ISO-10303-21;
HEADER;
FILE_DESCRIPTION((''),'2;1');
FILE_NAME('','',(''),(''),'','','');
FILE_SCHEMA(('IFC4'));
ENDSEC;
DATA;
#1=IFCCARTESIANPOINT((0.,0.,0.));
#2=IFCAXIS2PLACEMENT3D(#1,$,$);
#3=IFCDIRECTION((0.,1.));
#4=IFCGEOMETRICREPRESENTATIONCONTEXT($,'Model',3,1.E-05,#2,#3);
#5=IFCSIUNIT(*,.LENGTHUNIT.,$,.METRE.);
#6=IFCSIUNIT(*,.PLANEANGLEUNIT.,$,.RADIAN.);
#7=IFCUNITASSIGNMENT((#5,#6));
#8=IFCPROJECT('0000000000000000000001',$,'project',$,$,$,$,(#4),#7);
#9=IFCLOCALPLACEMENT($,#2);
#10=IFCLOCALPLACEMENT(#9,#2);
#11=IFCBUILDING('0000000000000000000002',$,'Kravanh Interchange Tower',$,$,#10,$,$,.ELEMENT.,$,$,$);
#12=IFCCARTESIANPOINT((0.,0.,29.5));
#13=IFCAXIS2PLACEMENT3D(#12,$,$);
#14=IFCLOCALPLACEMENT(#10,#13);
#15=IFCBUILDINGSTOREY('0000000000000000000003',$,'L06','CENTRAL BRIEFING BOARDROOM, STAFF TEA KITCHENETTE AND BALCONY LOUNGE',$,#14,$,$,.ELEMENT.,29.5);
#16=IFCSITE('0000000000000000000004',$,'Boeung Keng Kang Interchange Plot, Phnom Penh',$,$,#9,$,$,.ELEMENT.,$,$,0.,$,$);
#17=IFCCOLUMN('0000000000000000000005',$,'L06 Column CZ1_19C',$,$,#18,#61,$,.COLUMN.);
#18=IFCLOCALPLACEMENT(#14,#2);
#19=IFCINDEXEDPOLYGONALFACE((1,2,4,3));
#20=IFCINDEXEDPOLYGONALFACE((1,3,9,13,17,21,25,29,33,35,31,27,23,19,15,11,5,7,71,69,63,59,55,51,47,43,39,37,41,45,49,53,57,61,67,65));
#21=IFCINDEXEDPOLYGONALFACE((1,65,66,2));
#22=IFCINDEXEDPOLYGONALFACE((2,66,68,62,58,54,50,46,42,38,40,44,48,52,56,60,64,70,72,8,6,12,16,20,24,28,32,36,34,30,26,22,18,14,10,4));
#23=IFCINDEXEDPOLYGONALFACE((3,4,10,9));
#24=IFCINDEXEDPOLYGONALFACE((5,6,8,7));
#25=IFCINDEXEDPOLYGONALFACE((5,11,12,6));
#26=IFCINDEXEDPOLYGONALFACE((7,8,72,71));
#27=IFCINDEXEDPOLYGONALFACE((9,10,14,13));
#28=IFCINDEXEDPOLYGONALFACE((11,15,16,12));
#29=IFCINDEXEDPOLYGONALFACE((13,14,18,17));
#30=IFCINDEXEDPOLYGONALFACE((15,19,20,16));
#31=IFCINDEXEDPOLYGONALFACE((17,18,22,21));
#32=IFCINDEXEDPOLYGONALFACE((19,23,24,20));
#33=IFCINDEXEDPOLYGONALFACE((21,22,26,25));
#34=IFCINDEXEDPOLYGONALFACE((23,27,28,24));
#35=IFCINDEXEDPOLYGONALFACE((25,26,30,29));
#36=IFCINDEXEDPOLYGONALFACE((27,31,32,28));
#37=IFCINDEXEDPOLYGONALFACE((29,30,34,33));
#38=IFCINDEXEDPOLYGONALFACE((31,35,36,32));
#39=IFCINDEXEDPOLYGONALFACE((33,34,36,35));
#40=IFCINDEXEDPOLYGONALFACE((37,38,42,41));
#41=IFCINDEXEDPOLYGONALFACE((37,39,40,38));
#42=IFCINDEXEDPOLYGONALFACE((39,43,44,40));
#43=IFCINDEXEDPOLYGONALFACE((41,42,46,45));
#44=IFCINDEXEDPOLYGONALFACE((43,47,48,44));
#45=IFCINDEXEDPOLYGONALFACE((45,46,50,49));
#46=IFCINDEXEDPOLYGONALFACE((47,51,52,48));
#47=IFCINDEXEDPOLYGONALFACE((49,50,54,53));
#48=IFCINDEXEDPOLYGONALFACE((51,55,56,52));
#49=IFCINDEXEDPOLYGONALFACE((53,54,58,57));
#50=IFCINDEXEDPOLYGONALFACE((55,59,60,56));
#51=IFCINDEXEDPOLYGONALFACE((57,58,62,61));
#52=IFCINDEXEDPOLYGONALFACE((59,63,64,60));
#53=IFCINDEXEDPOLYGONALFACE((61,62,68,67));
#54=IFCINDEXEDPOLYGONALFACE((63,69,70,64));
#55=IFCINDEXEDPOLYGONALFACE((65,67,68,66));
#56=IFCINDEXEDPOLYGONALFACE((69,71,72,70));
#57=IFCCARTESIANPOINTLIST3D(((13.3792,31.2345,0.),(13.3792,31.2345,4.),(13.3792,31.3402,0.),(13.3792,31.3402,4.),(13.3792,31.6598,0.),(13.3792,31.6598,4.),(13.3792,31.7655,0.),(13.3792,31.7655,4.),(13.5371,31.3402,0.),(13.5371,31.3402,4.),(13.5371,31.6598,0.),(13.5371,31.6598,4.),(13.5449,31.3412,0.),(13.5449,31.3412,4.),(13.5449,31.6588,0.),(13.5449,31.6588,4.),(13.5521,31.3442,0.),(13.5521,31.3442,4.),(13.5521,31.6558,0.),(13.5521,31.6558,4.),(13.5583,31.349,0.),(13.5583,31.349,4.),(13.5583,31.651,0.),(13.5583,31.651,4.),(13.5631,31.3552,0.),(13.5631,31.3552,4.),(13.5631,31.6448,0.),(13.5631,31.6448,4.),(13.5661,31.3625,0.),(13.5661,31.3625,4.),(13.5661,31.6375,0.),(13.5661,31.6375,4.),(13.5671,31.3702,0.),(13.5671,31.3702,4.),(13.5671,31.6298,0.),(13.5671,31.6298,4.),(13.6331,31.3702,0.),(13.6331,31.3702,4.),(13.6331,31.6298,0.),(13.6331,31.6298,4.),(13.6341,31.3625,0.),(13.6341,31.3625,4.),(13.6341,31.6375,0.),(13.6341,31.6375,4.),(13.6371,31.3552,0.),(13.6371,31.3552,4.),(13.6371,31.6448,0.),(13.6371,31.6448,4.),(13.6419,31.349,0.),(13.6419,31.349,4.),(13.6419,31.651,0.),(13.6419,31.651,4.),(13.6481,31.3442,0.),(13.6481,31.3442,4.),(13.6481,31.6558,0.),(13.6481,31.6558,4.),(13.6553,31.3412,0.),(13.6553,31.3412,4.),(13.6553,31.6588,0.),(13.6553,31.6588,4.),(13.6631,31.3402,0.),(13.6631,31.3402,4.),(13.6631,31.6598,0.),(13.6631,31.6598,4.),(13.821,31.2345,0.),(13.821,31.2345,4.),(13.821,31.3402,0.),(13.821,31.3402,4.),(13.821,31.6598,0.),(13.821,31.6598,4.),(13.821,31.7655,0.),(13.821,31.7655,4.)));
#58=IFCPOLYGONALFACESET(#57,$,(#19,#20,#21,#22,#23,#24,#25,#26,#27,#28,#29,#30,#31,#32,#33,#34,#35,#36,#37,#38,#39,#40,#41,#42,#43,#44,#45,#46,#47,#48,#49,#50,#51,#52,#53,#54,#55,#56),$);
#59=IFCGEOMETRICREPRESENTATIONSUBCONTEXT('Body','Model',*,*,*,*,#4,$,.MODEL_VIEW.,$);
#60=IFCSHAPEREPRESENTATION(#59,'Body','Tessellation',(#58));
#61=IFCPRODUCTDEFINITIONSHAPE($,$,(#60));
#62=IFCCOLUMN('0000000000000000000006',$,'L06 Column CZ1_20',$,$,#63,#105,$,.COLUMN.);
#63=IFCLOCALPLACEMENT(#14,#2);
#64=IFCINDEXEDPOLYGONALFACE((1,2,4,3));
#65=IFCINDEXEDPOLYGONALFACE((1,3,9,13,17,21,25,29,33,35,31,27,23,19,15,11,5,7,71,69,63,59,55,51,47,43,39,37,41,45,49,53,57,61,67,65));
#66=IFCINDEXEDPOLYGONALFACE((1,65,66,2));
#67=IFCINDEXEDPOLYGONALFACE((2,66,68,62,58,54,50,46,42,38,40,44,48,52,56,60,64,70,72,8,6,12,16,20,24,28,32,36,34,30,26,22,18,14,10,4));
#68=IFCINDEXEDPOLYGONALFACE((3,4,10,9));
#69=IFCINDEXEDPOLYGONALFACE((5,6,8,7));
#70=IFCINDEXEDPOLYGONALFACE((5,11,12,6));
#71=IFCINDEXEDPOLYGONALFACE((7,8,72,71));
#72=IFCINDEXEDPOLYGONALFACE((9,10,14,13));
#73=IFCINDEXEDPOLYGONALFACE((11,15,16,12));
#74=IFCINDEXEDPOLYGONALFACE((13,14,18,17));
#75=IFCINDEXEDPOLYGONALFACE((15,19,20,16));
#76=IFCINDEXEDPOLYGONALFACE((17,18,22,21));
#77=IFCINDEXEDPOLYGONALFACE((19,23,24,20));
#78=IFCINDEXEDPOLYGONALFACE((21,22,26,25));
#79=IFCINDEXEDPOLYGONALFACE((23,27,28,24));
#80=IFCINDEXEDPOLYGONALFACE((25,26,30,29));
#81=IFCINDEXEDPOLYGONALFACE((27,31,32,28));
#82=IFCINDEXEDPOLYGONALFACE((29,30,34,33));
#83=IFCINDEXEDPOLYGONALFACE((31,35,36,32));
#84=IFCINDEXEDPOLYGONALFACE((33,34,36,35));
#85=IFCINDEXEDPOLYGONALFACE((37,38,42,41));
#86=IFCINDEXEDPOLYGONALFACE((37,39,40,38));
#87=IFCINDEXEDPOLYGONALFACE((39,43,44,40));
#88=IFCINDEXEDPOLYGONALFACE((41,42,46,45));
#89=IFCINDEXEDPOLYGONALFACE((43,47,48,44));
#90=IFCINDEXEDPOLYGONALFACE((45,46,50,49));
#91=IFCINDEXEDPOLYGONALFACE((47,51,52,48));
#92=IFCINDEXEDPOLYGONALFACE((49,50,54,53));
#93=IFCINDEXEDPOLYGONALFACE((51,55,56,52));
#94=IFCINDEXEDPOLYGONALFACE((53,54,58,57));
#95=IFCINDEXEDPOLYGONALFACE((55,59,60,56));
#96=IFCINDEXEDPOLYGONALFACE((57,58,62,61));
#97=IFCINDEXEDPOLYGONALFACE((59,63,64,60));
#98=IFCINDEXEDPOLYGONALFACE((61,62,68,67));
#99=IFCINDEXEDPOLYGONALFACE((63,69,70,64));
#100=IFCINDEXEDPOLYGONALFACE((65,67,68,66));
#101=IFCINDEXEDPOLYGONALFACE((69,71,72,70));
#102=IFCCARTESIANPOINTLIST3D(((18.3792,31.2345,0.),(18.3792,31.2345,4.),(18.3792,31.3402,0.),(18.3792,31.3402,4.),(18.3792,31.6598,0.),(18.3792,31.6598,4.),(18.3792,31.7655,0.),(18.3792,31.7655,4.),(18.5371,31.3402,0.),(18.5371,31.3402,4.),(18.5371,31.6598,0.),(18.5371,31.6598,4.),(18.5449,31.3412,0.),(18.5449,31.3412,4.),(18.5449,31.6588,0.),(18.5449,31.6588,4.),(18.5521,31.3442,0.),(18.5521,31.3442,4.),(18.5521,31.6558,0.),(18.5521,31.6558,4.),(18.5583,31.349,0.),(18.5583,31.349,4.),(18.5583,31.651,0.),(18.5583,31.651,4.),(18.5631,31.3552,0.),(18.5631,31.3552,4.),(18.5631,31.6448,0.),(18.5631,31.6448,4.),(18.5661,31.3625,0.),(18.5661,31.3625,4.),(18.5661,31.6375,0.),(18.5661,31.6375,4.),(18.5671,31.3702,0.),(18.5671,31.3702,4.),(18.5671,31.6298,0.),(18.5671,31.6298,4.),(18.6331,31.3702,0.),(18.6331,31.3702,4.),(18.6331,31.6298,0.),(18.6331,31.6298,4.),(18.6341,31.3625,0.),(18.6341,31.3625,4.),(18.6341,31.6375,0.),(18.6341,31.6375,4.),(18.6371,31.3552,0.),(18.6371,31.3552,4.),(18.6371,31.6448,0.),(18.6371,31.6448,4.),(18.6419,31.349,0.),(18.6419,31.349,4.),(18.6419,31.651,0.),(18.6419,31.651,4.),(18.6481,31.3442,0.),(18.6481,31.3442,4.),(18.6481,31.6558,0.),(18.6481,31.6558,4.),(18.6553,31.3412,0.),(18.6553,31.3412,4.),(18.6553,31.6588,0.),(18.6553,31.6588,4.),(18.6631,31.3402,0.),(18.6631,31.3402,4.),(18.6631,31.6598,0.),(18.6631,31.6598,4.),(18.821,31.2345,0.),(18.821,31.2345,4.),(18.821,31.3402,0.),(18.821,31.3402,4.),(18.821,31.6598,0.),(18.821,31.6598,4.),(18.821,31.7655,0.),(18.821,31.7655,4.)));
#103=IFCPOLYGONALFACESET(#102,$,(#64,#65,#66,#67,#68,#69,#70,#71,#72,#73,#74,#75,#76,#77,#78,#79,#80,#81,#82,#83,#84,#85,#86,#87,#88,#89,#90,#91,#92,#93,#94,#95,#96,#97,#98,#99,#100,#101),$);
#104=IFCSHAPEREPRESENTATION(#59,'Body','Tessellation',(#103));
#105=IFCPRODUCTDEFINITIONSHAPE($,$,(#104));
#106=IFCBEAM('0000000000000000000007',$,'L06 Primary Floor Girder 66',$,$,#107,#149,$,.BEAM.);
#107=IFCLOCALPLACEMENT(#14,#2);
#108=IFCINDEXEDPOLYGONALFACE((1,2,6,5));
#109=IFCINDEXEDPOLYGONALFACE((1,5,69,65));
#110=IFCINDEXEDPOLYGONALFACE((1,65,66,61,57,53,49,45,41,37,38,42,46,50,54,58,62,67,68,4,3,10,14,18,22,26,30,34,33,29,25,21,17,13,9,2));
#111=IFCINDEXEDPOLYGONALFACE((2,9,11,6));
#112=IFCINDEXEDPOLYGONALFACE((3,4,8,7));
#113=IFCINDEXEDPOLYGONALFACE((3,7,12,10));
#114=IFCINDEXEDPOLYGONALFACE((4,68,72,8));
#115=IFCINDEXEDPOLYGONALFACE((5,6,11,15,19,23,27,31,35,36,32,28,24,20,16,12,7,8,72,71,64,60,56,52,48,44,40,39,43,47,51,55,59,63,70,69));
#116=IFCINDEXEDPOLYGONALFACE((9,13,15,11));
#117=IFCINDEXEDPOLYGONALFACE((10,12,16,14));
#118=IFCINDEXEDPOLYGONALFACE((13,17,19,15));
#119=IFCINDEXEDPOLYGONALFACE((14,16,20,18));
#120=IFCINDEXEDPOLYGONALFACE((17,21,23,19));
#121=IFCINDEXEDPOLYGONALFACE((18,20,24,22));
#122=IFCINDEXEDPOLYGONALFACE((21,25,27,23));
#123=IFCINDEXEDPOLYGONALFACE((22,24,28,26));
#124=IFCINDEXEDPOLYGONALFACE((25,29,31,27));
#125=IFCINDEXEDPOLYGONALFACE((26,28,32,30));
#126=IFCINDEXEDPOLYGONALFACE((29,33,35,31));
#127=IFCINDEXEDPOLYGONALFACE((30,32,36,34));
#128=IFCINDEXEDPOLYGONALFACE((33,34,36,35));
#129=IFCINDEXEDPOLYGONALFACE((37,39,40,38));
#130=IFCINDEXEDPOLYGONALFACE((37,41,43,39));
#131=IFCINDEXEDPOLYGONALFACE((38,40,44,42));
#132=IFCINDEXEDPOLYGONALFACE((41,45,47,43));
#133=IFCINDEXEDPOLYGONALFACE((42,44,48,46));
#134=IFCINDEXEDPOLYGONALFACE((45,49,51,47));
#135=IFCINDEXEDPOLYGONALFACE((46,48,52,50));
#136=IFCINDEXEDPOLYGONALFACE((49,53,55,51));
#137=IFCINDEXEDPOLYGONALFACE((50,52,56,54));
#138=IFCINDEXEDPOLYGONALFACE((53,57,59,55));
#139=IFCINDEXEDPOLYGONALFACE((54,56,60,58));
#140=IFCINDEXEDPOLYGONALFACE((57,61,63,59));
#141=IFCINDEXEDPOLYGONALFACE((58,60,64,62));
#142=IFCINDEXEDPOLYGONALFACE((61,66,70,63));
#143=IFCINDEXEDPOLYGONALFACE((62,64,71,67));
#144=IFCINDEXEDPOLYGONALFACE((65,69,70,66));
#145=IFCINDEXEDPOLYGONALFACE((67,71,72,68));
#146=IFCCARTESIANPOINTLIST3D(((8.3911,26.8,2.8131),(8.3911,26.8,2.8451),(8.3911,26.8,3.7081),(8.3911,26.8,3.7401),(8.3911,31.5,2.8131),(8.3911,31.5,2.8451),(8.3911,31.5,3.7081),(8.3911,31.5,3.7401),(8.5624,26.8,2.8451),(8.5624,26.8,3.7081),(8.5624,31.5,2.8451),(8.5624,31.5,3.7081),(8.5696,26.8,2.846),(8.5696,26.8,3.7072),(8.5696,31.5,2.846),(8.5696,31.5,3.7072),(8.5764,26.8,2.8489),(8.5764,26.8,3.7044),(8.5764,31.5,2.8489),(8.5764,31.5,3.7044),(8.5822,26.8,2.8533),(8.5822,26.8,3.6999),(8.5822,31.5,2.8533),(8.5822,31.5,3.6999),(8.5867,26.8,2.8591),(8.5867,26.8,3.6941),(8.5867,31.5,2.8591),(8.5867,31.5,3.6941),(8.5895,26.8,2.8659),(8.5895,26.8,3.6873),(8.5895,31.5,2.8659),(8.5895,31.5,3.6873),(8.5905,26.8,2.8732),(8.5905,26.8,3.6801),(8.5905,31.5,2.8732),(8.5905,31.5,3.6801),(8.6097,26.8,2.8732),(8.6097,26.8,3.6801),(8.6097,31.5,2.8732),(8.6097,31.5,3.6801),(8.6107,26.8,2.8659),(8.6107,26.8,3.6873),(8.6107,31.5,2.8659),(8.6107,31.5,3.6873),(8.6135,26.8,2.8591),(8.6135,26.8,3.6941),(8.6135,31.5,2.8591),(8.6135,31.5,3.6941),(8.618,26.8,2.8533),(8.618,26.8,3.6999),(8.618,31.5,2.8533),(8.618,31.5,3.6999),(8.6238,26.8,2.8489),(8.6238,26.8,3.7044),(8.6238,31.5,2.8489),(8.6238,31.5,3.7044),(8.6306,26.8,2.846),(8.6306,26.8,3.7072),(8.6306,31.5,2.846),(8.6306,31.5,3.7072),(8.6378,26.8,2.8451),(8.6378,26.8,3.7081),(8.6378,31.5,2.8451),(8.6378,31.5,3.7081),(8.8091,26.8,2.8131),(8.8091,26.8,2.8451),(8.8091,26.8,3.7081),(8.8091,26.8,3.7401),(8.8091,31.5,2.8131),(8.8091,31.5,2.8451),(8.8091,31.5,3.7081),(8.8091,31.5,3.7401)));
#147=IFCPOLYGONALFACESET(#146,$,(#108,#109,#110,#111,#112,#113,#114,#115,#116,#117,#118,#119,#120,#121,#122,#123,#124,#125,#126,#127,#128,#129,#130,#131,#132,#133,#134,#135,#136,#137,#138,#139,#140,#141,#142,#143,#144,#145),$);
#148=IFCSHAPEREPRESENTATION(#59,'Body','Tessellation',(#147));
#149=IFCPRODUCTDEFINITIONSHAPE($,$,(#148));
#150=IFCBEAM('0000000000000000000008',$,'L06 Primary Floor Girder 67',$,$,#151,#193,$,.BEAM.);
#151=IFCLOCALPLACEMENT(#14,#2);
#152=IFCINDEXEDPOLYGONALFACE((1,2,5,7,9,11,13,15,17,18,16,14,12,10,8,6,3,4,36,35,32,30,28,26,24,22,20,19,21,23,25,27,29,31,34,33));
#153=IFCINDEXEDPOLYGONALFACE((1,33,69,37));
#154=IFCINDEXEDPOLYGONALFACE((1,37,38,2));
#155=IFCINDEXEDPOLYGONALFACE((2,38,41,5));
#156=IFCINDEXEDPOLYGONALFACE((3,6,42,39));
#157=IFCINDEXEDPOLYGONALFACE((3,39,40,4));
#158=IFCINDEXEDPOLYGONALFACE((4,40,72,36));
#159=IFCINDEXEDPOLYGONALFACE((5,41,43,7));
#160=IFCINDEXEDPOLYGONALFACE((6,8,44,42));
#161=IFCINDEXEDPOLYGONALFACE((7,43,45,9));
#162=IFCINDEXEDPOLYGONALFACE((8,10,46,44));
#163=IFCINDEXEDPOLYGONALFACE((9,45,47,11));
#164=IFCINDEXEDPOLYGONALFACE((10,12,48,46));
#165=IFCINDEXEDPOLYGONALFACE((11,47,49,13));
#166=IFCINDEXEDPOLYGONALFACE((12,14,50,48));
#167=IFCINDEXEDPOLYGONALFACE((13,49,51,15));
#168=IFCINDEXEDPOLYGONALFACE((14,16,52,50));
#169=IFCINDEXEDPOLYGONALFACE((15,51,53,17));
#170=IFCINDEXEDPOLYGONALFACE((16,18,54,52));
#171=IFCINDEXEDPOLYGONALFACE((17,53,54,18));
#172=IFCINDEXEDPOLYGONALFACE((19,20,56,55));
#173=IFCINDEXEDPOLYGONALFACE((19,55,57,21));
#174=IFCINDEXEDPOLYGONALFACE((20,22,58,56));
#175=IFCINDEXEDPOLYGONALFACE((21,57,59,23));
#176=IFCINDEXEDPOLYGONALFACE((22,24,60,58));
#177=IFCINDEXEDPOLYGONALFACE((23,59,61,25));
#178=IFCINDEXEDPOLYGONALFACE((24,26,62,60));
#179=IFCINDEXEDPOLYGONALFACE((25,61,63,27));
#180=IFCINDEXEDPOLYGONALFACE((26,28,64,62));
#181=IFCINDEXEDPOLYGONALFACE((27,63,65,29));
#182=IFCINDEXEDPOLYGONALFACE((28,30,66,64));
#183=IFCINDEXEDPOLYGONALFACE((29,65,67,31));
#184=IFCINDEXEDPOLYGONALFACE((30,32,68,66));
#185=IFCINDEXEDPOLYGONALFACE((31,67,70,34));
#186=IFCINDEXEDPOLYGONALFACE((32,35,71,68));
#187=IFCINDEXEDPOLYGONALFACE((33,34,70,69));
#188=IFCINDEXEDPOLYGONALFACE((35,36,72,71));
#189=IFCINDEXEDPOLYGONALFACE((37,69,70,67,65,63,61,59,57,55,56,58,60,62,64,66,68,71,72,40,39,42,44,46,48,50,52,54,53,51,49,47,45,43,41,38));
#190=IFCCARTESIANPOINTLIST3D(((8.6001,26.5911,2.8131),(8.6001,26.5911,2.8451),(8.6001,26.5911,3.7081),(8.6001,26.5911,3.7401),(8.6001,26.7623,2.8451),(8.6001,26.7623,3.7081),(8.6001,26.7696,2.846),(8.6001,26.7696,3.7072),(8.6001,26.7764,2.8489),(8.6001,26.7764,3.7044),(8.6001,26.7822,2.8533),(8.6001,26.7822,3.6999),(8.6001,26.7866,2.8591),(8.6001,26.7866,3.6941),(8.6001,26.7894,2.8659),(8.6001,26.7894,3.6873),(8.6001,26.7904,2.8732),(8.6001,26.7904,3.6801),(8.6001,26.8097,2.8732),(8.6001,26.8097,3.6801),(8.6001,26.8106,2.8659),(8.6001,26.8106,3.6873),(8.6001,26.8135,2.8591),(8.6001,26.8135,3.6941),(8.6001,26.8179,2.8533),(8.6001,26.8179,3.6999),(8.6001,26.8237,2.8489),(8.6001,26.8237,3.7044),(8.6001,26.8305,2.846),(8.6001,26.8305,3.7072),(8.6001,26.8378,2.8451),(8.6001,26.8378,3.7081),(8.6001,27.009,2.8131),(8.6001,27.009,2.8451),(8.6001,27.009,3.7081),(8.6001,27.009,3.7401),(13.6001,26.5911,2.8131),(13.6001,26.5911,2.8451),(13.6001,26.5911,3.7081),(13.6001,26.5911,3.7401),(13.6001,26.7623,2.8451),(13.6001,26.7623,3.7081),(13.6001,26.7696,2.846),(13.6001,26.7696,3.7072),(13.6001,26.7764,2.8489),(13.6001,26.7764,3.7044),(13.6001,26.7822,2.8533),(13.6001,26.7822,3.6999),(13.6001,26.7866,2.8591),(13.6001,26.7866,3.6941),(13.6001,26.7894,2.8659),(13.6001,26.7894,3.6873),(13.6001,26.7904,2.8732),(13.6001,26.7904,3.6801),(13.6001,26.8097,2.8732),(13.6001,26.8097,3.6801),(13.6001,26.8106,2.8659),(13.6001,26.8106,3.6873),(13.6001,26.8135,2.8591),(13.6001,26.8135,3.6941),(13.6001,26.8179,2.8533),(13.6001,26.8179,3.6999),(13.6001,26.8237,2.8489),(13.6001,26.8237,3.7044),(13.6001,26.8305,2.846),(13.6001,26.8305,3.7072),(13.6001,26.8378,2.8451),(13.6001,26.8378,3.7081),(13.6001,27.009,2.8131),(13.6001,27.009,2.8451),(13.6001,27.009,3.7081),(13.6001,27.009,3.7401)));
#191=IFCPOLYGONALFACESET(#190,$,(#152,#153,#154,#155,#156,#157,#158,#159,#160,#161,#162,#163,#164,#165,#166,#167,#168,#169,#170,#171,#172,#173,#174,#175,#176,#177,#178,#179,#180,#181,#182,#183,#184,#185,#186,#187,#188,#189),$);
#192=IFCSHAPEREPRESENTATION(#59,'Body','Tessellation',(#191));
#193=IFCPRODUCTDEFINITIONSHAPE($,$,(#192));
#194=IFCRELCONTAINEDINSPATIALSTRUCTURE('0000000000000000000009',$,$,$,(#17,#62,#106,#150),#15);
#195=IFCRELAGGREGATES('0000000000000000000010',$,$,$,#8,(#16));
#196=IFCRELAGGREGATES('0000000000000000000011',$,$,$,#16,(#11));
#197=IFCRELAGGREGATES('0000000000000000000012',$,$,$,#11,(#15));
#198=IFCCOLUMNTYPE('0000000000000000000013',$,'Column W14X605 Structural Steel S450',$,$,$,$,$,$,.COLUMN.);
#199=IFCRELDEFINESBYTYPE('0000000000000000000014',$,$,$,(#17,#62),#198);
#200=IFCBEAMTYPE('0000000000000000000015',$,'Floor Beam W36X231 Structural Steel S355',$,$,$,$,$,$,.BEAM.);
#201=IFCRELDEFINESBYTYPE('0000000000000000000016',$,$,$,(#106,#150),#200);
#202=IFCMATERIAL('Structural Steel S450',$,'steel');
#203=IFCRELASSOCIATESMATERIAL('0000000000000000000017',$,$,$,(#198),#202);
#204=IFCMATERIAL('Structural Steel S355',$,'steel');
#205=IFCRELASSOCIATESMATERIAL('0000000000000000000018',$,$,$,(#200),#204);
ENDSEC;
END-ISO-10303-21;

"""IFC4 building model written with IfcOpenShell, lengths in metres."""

from ifc_helpers import new_model, si_unit, direction, frame, origin, origin_2d, place, context, subcontext, project, spatial, i_section, extrude, material, material_profile, profile_set, type_object, element, save


model = new_model("IFC4")

# Units and contexts
model_context = context("Model", 3, precision=1e-05, world=origin(), true_north=direction((0.0, 1.0)))
body_context = subcontext(model_context, "Body", "Model", "MODEL_VIEW")
ifc_project = project(units=[si_unit("LENGTHUNIT", "METRE"), si_unit("PLANEANGLEUNIT", "RADIAN")], contexts=[model_context])

# Site, building, storey
site_placement = place(None, origin())
site = spatial("IfcSite", under=ifc_project, at=site_placement, Name="Boeung Keng Kang Interchange Plot, Phnom Penh", CompositionType="ELEMENT", RefElevation=0.0)
building_placement = place(site_placement, origin())
building = spatial("IfcBuilding", under=site, at=building_placement, Name="Kravanh Interchange Tower", CompositionType="ELEMENT")
storey_placement = place(building_placement, frame((0.0, 0.0, 29.5)))
storey = spatial("IfcBuildingStorey", under=building, at=storey_placement, Name="L06", Description="CENTRAL BRIEFING BOARDROOM, STAFF TEA KITCHENETTE AND BALCONY LOUNGE", CompositionType="ELEMENT", Elevation=29.5)

# Columns
ifc_material_1 = material(Name="Structural Steel S450", Category="steel")
ifc_material_profile_1 = material_profile(ifc_material_1, i_section(OverallWidth=0.4419, OverallDepth=0.531, WebThickness=0.0659, FlangeThickness=0.1057, FilletRadius=0.03, at=origin_2d()), Name="W14X605")
ifc_profile_set_1 = profile_set([ifc_material_profile_1], Name="Structural Steel S450")
column_type_1 = type_object("IfcColumnType", Name="Column W14X605 Structural Steel S450", PredefinedType="COLUMN", material=ifc_profile_set_1)
for number, where, z_axis, x_axis, name in (
    (1, (13.6001, 31.5, 0.0), (0.0, 0.0, 1.0), (1.0, 0.0, 0.0), "L06 Column CZ1_19C"),
    (2, (18.6001, 31.5, 0.0), (0.0, 0.0, 1.0), (1.0, 0.0, 0.0), "L06 Column CZ1_20"),
):
    element("IfcColumn", number, at=place(storey_placement, frame(where, z_axis=z_axis, x_axis=x_axis)), inside=storey, type_object=column_type_1, Name=name, PredefinedType="COLUMN", context=body_context, shape_type="SweptSolid", body=[
        extrude(i_section(OverallWidth=0.4419, OverallDepth=0.531, WebThickness=0.0659, FlangeThickness=0.1057, FilletRadius=0.03, at=origin_2d()), origin(), (0.0, 0.0, 1.0), 4.0),
    ])

# Beams
ifc_material_2 = material(Name="Structural Steel S355", Category="steel")
ifc_material_profile_2 = material_profile(ifc_material_2, i_section(OverallWidth=0.418, OverallDepth=0.927, WebThickness=0.0193, FlangeThickness=0.032, FilletRadius=0.0281, at=origin_2d()), Name="W36X231")
ifc_profile_set_2 = profile_set([ifc_material_profile_2], Name="Structural Steel S355")
beam_type_1 = type_object("IfcBeamType", Name="Floor Beam W36X231 Structural Steel S355", PredefinedType="BEAM", material=ifc_profile_set_2)
beam_1_placement = place(storey_placement, frame((8.6001, 26.8, 3.2766), z_axis=(0.0, 1.0, 0.0), x_axis=(-1.0, 0.0, 0.0)))
element("IfcBeam", 3, at=beam_1_placement, inside=storey, type_object=beam_type_1, Name="L06 Primary Floor Girder 66", PredefinedType="BEAM", context=body_context, shape_type="SweptSolid", body=[
    extrude(i_section(OverallWidth=0.418, OverallDepth=0.927, WebThickness=0.0193, FlangeThickness=0.032, FilletRadius=0.0281, at=origin_2d()), origin(), (0.0, 0.0, 1.0), 4.7),
])
beam_2_placement = place(storey_placement, frame((8.6001, 26.8, 3.2766), z_axis=(1.0, 0.0, 0.0), x_axis=(0.0, 1.0, 0.0)))
element("IfcBeam", 4, at=beam_2_placement, inside=storey, type_object=beam_type_1, Name="L06 Primary Floor Girder 67", PredefinedType="BEAM", context=body_context, shape_type="SweptSolid", body=[
    extrude(i_section(OverallWidth=0.418, OverallDepth=0.927, WebThickness=0.0193, FlangeThickness=0.032, FilletRadius=0.0281, at=origin_2d()), origin(), (0.0, 0.0, 1.0), 5.0),
])

save(model, "model.ifc")
